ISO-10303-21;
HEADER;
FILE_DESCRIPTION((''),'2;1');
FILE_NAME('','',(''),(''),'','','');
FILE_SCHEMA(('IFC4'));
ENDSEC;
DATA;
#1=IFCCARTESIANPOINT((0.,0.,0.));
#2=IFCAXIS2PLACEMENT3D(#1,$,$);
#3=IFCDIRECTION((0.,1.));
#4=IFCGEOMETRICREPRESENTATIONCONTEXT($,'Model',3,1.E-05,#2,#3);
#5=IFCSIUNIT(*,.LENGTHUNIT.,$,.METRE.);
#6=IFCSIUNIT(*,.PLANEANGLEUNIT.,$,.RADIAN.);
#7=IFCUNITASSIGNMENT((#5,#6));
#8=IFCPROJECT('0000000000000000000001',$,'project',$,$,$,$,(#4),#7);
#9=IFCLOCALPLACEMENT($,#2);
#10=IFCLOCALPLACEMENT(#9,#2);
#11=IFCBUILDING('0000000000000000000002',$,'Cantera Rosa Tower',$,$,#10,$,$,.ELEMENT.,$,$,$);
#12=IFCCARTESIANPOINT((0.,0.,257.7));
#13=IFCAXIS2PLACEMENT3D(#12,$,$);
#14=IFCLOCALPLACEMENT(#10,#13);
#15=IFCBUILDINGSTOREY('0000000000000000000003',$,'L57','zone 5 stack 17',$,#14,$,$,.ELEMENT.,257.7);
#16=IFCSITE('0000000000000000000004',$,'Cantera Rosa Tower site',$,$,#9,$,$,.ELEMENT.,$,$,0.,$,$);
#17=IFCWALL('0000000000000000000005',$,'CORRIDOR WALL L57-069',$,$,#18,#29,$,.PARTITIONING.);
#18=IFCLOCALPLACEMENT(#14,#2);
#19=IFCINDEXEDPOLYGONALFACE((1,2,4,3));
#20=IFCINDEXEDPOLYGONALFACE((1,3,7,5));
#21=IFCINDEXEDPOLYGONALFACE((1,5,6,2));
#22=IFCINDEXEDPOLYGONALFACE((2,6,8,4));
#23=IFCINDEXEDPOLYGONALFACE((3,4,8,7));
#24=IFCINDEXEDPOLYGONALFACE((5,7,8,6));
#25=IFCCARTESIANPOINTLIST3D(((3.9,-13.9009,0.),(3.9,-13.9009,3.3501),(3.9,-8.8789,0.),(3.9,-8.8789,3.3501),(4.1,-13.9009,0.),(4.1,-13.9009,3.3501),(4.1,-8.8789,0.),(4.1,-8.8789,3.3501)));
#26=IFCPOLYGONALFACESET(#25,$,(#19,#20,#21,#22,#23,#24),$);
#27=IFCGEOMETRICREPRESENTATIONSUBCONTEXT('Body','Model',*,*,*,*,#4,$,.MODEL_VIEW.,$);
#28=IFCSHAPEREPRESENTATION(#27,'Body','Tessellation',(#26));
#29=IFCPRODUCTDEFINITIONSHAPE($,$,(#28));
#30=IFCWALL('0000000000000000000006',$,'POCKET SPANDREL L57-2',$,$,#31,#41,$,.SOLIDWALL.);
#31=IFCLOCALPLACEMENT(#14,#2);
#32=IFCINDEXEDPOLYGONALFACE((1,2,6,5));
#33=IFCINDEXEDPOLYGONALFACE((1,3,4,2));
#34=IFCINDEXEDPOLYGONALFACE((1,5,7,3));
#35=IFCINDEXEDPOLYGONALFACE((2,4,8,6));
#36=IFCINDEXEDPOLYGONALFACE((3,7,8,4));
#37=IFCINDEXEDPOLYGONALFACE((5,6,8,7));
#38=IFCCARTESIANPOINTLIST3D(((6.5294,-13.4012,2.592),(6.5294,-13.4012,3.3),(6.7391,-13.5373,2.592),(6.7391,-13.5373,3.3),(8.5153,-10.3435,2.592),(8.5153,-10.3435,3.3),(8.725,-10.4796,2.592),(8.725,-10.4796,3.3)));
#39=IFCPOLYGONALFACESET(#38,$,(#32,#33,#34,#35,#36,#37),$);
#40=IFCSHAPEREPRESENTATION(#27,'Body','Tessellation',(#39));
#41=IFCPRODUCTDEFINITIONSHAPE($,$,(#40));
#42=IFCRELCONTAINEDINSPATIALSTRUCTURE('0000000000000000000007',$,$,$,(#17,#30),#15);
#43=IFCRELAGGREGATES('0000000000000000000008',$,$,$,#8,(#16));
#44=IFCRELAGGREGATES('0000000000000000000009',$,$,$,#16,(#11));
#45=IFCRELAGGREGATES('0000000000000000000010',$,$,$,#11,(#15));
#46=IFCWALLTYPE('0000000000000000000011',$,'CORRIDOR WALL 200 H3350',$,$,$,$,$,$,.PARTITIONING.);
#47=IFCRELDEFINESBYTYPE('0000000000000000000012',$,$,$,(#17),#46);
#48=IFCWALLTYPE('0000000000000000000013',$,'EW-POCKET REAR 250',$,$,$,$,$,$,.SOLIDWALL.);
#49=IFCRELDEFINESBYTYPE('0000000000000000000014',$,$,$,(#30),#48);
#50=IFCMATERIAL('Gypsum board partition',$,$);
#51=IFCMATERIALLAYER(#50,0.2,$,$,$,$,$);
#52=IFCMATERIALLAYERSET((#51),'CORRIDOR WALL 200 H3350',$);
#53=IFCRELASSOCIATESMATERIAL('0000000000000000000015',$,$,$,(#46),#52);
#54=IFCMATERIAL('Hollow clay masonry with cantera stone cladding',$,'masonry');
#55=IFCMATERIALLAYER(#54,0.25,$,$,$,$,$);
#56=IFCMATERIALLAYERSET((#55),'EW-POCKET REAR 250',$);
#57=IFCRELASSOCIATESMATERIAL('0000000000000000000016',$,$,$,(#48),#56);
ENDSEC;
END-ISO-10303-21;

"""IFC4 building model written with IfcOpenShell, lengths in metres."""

from ifc_helpers import new_model, si_unit, direction, frame, frame_2d, origin, place, context, subcontext, project, spatial, rectangle, extrude, material, layer, layer_set, type_object, element, save


model = new_model("IFC4")

# Units and contexts
model_context = context("Model", 3, precision=1e-05, world=origin(), true_north=direction((0.0, 1.0)))
body_context = subcontext(model_context, "Body", "Model", "MODEL_VIEW")
ifc_project = project(units=[si_unit("LENGTHUNIT", "METRE"), si_unit("PLANEANGLEUNIT", "RADIAN")], contexts=[model_context])

# Site, building, storey
site_placement = place(None, origin())
site = spatial("IfcSite", under=ifc_project, at=site_placement, Name="Cantera Rosa Tower site", CompositionType="ELEMENT", RefElevation=0.0)
building_placement = place(site_placement, origin())
building = spatial("IfcBuilding", under=site, at=building_placement, Name="Cantera Rosa Tower", CompositionType="ELEMENT")
storey_placement = place(building_placement, frame((0.0, 0.0, 257.7)))
storey = spatial("IfcBuildingStorey", under=building, at=storey_placement, Name="L57", Description="zone 5 stack 17", CompositionType="ELEMENT", Elevation=257.7)

# Walls
ifc_material_1 = material(Name="Gypsum board partition")
ifc_layer_1 = layer(ifc_material_1, 0.2)
ifc_layer_set_1 = layer_set([ifc_layer_1], Name="CORRIDOR WALL 200 H3350")
wall_type_1 = type_object("IfcWallType", Name="CORRIDOR WALL 200 H3350", PredefinedType="PARTITIONING", material=ifc_layer_set_1)
wall_1_placement = place(storey_placement, frame((4.0, -13.9009, 0.0), z_axis=(0.0, 0.0, 1.0), x_axis=(0.0, 1.0, 0.0)))
element("IfcWall", 1, at=wall_1_placement, inside=storey, type_object=wall_type_1, Name="CORRIDOR WALL L57-069", PredefinedType="PARTITIONING", context=body_context, shape_type="SweptSolid", body=[
    extrude(rectangle(XDim=5.022, YDim=0.2, at=frame_2d((2.511, 0.0))), origin(), (0.0, 0.0, 1.0), 3.3501),
])
ifc_material_2 = material(Name="Hollow clay masonry with cantera stone cladding", Category="masonry")
ifc_layer_2 = layer(ifc_material_2, 0.25)
ifc_layer_set_2 = layer_set([ifc_layer_2], Name="EW-POCKET REAR 250")
wall_type_2 = type_object("IfcWallType", Name="EW-POCKET REAR 250", PredefinedType="SOLIDWALL", material=ifc_layer_set_2)
wall_2_placement = place(storey_placement, frame((6.6343, -13.4692, 2.592), z_axis=(0.0, 0.0, 1.0), x_axis=(0.544678, 0.838646, 0.0)))
element("IfcWall", 2, at=wall_2_placement, inside=storey, type_object=wall_type_2, Name="POCKET SPANDREL L57-2", PredefinedType="SOLIDWALL", context=body_context, shape_type="SweptSolid", body=[
    extrude(rectangle(XDim=3.646, YDim=0.25, at=frame_2d((1.823, 0.0))), origin(), (0.0, 0.0, 1.0), 0.708),
])

save(model, "model.ifc")
